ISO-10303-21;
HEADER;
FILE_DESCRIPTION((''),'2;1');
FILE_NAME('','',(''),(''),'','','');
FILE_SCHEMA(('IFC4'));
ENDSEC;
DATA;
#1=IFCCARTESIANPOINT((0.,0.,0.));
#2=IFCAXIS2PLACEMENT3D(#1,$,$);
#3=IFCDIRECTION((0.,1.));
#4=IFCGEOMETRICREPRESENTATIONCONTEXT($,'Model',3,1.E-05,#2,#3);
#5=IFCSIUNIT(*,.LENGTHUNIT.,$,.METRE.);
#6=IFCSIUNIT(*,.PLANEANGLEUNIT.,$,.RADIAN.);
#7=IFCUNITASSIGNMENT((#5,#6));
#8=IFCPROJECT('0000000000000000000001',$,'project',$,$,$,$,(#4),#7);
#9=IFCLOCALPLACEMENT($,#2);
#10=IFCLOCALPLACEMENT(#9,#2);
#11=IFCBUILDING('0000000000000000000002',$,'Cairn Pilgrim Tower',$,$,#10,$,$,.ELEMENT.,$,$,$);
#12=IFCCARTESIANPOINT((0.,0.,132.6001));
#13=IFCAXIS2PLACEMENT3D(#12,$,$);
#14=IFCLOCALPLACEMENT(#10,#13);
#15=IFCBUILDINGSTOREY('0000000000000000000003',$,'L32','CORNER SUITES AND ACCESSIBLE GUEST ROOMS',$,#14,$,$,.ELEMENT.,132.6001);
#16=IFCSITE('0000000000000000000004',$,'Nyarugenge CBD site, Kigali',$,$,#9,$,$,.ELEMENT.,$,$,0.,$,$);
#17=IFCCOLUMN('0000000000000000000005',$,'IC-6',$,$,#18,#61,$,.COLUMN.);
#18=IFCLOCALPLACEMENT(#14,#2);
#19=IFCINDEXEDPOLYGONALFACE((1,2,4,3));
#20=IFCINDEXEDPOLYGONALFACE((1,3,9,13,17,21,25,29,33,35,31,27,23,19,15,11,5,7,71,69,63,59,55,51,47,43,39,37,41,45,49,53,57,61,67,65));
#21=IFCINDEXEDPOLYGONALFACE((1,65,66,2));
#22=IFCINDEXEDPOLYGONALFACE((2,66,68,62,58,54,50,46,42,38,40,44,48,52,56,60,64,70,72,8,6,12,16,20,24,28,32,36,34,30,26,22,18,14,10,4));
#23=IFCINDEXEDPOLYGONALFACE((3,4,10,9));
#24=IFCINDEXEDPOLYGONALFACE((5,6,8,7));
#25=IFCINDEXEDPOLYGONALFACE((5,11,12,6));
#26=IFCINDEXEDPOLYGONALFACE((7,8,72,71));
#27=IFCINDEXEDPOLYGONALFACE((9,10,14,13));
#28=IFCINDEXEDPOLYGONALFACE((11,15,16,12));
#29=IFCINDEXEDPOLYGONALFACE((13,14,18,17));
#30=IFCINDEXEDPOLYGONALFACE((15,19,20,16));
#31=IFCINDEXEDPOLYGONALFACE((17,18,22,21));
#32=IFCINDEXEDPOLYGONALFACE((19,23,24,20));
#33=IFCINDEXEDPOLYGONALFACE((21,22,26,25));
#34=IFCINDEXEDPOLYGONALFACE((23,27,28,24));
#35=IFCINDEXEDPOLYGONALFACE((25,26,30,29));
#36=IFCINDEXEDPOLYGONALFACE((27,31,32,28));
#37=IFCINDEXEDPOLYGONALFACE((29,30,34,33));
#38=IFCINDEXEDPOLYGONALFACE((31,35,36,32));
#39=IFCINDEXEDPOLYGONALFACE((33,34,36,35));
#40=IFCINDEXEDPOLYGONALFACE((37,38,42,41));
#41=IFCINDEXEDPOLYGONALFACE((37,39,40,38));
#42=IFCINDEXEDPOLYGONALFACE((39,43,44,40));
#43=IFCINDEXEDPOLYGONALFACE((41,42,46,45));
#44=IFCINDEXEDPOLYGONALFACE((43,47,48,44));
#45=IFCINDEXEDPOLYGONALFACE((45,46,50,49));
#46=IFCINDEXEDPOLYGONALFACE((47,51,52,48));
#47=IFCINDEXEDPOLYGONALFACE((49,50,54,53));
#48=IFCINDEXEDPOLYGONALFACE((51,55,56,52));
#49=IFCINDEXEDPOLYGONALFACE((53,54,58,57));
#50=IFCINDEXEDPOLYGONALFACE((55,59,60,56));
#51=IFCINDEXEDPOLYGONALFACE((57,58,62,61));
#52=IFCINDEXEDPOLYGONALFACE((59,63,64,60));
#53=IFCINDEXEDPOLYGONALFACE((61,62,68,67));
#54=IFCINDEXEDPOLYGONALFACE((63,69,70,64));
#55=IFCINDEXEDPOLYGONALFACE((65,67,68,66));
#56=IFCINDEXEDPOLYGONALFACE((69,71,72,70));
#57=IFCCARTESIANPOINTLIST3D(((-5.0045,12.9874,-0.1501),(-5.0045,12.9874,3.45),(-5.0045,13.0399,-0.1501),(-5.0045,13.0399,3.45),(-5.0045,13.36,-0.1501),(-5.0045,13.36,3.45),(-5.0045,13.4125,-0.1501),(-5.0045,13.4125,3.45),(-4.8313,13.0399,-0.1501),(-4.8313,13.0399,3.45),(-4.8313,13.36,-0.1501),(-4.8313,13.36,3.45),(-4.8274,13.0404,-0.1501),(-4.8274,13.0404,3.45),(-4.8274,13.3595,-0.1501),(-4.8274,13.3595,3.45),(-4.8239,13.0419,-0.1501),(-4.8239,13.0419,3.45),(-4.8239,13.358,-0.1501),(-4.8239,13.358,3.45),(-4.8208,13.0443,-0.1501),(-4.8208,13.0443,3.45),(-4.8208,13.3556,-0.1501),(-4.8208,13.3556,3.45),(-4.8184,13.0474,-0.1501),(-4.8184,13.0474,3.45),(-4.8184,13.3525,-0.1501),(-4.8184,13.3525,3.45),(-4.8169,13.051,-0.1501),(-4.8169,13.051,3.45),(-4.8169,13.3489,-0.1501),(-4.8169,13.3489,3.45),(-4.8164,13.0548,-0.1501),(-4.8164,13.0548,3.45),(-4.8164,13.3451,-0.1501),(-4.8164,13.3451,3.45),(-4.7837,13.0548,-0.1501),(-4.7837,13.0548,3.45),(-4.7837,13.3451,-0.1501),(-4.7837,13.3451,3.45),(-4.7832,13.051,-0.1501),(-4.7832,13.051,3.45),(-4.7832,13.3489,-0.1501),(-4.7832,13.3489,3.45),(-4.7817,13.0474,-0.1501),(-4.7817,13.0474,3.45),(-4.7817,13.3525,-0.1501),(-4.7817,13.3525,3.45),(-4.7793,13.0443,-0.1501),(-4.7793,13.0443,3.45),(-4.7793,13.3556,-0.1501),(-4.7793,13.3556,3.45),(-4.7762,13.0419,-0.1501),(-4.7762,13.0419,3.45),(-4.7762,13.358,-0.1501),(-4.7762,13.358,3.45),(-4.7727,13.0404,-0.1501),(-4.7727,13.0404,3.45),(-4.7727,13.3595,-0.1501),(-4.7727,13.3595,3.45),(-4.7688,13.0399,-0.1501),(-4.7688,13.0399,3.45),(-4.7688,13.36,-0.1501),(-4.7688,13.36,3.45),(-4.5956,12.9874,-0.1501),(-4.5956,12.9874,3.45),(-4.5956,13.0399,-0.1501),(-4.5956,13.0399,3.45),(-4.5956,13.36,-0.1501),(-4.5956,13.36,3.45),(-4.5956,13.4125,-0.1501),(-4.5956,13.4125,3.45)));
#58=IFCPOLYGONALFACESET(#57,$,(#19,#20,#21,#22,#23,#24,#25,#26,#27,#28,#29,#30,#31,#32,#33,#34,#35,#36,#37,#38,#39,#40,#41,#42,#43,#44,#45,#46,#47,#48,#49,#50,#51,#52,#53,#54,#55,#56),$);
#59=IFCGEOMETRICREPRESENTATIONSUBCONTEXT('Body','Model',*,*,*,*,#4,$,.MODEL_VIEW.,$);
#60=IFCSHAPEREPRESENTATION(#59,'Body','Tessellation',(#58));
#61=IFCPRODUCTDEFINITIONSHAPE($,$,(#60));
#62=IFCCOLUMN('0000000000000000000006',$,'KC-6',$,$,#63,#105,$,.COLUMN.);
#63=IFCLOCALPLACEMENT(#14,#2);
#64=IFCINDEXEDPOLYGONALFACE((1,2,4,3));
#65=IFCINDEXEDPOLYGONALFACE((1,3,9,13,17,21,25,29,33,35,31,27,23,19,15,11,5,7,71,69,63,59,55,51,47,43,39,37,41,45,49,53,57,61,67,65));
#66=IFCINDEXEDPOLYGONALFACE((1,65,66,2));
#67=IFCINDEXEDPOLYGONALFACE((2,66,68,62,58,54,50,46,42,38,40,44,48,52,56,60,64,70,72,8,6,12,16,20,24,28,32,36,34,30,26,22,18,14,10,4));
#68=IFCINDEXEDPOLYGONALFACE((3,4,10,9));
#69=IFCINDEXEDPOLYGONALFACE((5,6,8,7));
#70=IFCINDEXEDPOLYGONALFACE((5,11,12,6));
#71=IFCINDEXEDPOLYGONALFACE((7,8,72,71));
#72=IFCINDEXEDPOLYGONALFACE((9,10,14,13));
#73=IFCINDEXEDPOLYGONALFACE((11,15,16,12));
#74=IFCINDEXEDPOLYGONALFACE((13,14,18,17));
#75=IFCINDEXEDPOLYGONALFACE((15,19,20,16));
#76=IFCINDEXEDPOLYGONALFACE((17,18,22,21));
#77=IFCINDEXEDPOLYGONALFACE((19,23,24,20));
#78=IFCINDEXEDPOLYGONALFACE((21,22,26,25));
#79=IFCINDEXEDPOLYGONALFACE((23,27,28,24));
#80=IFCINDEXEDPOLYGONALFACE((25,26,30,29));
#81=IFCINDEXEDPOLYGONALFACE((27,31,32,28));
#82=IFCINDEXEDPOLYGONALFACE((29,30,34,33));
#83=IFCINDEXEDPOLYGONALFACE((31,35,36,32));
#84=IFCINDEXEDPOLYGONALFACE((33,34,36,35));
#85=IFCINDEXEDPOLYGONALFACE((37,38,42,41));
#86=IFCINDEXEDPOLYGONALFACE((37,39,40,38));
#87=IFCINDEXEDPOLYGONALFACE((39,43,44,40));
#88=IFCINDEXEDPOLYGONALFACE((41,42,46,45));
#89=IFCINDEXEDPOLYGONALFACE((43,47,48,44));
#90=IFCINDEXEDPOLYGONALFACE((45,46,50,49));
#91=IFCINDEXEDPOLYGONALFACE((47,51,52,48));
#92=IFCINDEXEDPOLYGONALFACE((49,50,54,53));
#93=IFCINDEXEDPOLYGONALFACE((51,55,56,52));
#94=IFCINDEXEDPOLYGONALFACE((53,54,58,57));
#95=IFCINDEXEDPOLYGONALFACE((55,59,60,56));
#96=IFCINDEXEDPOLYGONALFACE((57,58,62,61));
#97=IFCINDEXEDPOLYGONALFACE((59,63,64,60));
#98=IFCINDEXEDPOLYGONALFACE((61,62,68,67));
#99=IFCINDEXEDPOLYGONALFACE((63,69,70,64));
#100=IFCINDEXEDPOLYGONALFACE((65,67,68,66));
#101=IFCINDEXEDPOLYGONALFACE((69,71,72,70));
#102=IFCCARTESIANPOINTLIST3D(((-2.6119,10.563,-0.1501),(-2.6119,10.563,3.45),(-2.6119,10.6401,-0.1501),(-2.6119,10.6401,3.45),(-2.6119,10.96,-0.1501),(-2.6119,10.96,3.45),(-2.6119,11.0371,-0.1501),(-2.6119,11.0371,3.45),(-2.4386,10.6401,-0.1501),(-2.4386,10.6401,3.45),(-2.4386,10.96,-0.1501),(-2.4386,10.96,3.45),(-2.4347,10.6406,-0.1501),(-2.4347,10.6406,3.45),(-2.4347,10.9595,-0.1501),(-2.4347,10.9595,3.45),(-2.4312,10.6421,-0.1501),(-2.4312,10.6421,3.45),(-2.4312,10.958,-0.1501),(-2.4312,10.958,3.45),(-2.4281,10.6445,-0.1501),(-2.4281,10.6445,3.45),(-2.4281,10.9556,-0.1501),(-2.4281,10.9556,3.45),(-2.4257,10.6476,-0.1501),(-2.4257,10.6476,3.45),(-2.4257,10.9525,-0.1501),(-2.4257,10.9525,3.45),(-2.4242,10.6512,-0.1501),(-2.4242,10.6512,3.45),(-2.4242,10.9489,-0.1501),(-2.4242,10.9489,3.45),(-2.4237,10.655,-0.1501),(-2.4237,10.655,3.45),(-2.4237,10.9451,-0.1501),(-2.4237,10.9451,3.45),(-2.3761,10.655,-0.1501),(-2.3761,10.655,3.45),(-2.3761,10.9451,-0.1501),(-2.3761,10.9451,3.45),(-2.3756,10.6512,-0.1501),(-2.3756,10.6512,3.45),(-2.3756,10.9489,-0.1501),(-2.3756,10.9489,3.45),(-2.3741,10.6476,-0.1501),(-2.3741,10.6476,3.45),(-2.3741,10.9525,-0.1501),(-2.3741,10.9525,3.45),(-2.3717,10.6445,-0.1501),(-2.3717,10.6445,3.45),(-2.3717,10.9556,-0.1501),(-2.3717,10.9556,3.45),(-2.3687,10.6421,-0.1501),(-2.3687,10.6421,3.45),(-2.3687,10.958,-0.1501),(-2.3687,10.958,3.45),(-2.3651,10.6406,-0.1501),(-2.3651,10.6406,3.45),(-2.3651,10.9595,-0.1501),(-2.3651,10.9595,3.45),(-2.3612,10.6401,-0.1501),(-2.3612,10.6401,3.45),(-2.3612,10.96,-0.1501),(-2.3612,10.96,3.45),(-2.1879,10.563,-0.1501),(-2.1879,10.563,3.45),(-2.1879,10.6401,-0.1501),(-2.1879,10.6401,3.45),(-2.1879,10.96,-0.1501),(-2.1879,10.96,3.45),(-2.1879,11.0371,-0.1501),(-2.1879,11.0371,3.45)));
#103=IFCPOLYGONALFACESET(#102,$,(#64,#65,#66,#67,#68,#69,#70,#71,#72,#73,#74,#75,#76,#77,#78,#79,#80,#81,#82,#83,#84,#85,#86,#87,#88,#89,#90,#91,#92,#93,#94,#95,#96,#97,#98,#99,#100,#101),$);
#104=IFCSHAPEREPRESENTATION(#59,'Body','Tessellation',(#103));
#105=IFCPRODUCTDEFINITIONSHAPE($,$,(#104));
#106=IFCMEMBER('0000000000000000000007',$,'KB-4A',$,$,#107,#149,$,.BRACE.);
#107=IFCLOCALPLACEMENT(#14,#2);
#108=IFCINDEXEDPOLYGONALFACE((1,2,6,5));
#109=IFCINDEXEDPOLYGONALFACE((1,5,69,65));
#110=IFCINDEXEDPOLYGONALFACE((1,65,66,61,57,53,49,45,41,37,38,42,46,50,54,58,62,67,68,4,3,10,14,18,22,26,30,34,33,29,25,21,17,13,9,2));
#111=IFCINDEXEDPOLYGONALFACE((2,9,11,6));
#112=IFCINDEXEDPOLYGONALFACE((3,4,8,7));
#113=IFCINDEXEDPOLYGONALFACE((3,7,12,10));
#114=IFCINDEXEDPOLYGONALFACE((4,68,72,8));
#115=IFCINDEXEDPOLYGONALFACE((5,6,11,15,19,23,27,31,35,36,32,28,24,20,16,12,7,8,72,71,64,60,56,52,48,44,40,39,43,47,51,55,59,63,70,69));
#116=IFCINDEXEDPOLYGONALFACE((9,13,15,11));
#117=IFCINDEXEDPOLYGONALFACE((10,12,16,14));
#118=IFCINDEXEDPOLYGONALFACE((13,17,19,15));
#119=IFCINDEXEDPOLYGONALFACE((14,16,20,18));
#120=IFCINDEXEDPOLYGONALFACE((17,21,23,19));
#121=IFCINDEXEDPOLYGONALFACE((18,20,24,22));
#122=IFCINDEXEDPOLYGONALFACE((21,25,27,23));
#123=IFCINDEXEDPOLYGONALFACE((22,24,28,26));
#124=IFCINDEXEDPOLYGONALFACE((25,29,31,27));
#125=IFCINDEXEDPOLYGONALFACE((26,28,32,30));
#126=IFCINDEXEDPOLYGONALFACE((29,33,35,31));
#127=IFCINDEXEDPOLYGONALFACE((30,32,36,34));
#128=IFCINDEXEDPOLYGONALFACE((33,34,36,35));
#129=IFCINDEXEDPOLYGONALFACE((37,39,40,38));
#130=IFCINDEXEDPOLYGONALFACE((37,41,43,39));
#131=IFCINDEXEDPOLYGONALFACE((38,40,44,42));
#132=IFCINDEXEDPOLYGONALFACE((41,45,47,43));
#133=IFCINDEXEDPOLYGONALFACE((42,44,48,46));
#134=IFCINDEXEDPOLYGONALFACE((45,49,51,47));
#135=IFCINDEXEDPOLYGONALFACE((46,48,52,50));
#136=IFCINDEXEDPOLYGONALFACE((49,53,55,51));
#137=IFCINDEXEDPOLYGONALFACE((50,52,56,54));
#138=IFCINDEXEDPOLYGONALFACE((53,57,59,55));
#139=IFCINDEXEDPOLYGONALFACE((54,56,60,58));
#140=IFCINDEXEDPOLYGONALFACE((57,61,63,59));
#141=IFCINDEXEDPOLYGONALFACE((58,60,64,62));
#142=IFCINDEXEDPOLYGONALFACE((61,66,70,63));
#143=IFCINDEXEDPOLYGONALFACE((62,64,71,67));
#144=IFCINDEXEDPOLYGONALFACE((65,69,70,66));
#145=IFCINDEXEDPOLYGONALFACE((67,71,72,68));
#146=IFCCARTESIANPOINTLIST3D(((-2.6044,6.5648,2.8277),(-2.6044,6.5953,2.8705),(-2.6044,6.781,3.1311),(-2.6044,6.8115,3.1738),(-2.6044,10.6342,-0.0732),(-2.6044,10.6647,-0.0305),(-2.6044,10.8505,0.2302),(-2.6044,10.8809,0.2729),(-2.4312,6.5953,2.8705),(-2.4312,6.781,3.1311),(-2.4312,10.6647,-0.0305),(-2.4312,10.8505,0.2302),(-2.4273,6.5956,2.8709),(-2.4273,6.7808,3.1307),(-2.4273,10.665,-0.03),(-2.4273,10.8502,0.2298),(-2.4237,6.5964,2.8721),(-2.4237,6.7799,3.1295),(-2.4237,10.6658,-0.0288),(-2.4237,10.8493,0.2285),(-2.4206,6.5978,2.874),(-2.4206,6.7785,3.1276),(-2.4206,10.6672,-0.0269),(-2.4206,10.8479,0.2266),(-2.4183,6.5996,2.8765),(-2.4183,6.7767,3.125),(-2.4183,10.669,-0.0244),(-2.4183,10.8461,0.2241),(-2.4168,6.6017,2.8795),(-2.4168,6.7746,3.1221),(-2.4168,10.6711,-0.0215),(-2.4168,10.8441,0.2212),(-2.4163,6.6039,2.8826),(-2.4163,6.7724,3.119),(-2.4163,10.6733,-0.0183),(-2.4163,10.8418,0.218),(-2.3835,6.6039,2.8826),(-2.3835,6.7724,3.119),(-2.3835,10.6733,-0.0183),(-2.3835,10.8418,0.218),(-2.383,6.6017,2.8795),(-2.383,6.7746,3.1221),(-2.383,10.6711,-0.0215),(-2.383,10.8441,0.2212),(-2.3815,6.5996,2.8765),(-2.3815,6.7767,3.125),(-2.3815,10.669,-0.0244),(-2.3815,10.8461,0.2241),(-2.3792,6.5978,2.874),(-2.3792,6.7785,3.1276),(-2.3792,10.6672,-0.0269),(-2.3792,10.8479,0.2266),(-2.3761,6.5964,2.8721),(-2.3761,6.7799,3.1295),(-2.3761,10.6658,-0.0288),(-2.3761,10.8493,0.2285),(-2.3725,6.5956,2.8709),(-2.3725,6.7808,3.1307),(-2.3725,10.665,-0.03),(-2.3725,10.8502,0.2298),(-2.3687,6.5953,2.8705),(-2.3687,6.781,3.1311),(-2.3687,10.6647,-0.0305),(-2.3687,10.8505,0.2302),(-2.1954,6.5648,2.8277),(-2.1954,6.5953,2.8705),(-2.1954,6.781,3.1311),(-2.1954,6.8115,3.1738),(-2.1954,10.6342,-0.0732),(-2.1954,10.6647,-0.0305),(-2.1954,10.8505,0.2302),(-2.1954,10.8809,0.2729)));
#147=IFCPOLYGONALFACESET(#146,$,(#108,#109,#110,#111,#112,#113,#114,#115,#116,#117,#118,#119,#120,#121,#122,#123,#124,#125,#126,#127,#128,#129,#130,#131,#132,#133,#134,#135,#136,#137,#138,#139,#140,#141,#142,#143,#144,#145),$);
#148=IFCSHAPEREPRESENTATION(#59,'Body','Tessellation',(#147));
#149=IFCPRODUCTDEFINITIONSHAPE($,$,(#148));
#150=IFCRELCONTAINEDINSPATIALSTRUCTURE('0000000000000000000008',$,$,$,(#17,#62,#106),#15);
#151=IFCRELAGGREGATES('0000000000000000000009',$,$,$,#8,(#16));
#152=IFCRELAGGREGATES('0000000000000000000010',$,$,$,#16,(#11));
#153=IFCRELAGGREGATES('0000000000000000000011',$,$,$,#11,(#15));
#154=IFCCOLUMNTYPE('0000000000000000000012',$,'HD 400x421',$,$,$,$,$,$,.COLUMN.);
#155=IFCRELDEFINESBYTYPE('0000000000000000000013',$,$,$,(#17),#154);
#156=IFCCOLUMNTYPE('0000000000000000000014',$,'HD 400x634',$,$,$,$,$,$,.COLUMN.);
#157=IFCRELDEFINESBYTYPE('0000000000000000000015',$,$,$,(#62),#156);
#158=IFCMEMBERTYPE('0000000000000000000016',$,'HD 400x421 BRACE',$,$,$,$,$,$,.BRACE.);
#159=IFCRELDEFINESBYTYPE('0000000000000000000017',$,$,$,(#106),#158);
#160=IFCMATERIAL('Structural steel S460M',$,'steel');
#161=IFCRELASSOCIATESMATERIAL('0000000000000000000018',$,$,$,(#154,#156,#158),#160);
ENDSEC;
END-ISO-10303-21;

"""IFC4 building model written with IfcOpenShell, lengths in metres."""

from ifc_helpers import new_model, si_unit, direction, frame, origin, origin_2d, place, context, subcontext, project, spatial, i_section, extrude, material, material_profile, profile_set, type_object, element, save


model = new_model("IFC4")

# Units and contexts
model_context = context("Model", 3, precision=1e-05, world=origin(), true_north=direction((0.0, 1.0)))
body_context = subcontext(model_context, "Body", "Model", "MODEL_VIEW")
ifc_project = project(units=[si_unit("LENGTHUNIT", "METRE"), si_unit("PLANEANGLEUNIT", "RADIAN")], contexts=[model_context])

# Site, building, storey
site_placement = place(None, origin())
site = spatial("IfcSite", under=ifc_project, at=site_placement, Name="Nyarugenge CBD site, Kigali", CompositionType="ELEMENT", RefElevation=0.0)
building_placement = place(site_placement, origin())
building = spatial("IfcBuilding", under=site, at=building_placement, Name="Cairn Pilgrim Tower", CompositionType="ELEMENT")
storey_placement = place(building_placement, frame((0.0, 0.0, 132.6001)))
storey = spatial("IfcBuildingStorey", under=building, at=storey_placement, Name="L32", Description="CORNER SUITES AND ACCESSIBLE GUEST ROOMS", CompositionType="ELEMENT", Elevation=132.6001)

# Columns
ifc_material_1 = material(Name="Structural steel S460M", Category="steel")
ifc_material_profile_1 = material_profile(ifc_material_1, i_section(OverallWidth=0.4089, OverallDepth=0.425, WebThickness=0.0327, FlangeThickness=0.0525, FilletRadius=0.0149, at=origin_2d()), Name="HD 400x421")
ifc_profile_set_1 = profile_set([ifc_material_profile_1], Name="Structural steel S460M")
column_type_1 = type_object("IfcColumnType", Name="HD 400x421", PredefinedType="COLUMN", material=ifc_profile_set_1)
column_1_placement = place(storey_placement, frame((-4.8, 13.2, -0.1501), z_axis=(0.0, 0.0, 1.0), x_axis=(1.0, 0.0, 0.0)))
element("IfcColumn", 1, at=column_1_placement, inside=storey, type_object=column_type_1, Name="IC-6", PredefinedType="COLUMN", context=body_context, shape_type="SweptSolid", body=[
    extrude(i_section(OverallWidth=0.4089, OverallDepth=0.425, WebThickness=0.0327, FlangeThickness=0.0525, FilletRadius=0.0149, at=origin_2d()), origin(), (0.0, 0.0, 1.0), 3.6001),
])
ifc_material_profile_2 = material_profile(ifc_material_1, i_section(OverallWidth=0.4241, OverallDepth=0.4741, WebThickness=0.0476, FlangeThickness=0.0771, FilletRadius=0.0149, at=origin_2d()), Name="HD 400x634")
ifc_profile_set_2 = profile_set([ifc_material_profile_2], Name="Structural steel S460M")
column_type_2 = type_object("IfcColumnType", Name="HD 400x634", PredefinedType="COLUMN", material=ifc_profile_set_2)
column_2_placement = place(storey_placement, frame((-2.3999, 10.8, -0.1501), z_axis=(0.0, 0.0, 1.0), x_axis=(1.0, 0.0, 0.0)))
element("IfcColumn", 2, at=column_2_placement, inside=storey, type_object=column_type_2, Name="KC-6", PredefinedType="COLUMN", context=body_context, shape_type="SweptSolid", body=[
    extrude(i_section(OverallWidth=0.4241, OverallDepth=0.4741, WebThickness=0.0476, FlangeThickness=0.0771, FilletRadius=0.0149, at=origin_2d()), origin(), (0.0, 0.0, 1.0), 3.6001),
])

# Member
ifc_material_profile_3 = material_profile(ifc_material_1, i_section(OverallWidth=0.4089, OverallDepth=0.425, WebThickness=0.0327, FlangeThickness=0.0525, FilletRadius=0.0149, at=origin_2d()), Name="HD 400x421")
ifc_profile_set_3 = profile_set([ifc_material_profile_3], Name="Structural steel S460M")
member_type = type_object("IfcMemberType", Name="HD 400x421 BRACE", PredefinedType="BRACE", material=ifc_profile_set_3)
member_placement = place(storey_placement, frame((-2.3999, 10.7576, 0.0999), z_axis=(0.0, -0.814281, 0.580471), x_axis=(1.0, 0.0, 0.0)))
element("IfcMember", 3, at=member_placement, inside=storey, type_object=member_type, Name="KB-4A", PredefinedType="BRACE", context=body_context, shape_type="SweptSolid", body=[
    extrude(i_section(OverallWidth=0.4089, OverallDepth=0.425, WebThickness=0.0327, FlangeThickness=0.0525, FilletRadius=0.0149, at=origin_2d()), origin(), (0.0, 0.0, 1.0), 4.9976),
])

save(model, "model.ifc")
